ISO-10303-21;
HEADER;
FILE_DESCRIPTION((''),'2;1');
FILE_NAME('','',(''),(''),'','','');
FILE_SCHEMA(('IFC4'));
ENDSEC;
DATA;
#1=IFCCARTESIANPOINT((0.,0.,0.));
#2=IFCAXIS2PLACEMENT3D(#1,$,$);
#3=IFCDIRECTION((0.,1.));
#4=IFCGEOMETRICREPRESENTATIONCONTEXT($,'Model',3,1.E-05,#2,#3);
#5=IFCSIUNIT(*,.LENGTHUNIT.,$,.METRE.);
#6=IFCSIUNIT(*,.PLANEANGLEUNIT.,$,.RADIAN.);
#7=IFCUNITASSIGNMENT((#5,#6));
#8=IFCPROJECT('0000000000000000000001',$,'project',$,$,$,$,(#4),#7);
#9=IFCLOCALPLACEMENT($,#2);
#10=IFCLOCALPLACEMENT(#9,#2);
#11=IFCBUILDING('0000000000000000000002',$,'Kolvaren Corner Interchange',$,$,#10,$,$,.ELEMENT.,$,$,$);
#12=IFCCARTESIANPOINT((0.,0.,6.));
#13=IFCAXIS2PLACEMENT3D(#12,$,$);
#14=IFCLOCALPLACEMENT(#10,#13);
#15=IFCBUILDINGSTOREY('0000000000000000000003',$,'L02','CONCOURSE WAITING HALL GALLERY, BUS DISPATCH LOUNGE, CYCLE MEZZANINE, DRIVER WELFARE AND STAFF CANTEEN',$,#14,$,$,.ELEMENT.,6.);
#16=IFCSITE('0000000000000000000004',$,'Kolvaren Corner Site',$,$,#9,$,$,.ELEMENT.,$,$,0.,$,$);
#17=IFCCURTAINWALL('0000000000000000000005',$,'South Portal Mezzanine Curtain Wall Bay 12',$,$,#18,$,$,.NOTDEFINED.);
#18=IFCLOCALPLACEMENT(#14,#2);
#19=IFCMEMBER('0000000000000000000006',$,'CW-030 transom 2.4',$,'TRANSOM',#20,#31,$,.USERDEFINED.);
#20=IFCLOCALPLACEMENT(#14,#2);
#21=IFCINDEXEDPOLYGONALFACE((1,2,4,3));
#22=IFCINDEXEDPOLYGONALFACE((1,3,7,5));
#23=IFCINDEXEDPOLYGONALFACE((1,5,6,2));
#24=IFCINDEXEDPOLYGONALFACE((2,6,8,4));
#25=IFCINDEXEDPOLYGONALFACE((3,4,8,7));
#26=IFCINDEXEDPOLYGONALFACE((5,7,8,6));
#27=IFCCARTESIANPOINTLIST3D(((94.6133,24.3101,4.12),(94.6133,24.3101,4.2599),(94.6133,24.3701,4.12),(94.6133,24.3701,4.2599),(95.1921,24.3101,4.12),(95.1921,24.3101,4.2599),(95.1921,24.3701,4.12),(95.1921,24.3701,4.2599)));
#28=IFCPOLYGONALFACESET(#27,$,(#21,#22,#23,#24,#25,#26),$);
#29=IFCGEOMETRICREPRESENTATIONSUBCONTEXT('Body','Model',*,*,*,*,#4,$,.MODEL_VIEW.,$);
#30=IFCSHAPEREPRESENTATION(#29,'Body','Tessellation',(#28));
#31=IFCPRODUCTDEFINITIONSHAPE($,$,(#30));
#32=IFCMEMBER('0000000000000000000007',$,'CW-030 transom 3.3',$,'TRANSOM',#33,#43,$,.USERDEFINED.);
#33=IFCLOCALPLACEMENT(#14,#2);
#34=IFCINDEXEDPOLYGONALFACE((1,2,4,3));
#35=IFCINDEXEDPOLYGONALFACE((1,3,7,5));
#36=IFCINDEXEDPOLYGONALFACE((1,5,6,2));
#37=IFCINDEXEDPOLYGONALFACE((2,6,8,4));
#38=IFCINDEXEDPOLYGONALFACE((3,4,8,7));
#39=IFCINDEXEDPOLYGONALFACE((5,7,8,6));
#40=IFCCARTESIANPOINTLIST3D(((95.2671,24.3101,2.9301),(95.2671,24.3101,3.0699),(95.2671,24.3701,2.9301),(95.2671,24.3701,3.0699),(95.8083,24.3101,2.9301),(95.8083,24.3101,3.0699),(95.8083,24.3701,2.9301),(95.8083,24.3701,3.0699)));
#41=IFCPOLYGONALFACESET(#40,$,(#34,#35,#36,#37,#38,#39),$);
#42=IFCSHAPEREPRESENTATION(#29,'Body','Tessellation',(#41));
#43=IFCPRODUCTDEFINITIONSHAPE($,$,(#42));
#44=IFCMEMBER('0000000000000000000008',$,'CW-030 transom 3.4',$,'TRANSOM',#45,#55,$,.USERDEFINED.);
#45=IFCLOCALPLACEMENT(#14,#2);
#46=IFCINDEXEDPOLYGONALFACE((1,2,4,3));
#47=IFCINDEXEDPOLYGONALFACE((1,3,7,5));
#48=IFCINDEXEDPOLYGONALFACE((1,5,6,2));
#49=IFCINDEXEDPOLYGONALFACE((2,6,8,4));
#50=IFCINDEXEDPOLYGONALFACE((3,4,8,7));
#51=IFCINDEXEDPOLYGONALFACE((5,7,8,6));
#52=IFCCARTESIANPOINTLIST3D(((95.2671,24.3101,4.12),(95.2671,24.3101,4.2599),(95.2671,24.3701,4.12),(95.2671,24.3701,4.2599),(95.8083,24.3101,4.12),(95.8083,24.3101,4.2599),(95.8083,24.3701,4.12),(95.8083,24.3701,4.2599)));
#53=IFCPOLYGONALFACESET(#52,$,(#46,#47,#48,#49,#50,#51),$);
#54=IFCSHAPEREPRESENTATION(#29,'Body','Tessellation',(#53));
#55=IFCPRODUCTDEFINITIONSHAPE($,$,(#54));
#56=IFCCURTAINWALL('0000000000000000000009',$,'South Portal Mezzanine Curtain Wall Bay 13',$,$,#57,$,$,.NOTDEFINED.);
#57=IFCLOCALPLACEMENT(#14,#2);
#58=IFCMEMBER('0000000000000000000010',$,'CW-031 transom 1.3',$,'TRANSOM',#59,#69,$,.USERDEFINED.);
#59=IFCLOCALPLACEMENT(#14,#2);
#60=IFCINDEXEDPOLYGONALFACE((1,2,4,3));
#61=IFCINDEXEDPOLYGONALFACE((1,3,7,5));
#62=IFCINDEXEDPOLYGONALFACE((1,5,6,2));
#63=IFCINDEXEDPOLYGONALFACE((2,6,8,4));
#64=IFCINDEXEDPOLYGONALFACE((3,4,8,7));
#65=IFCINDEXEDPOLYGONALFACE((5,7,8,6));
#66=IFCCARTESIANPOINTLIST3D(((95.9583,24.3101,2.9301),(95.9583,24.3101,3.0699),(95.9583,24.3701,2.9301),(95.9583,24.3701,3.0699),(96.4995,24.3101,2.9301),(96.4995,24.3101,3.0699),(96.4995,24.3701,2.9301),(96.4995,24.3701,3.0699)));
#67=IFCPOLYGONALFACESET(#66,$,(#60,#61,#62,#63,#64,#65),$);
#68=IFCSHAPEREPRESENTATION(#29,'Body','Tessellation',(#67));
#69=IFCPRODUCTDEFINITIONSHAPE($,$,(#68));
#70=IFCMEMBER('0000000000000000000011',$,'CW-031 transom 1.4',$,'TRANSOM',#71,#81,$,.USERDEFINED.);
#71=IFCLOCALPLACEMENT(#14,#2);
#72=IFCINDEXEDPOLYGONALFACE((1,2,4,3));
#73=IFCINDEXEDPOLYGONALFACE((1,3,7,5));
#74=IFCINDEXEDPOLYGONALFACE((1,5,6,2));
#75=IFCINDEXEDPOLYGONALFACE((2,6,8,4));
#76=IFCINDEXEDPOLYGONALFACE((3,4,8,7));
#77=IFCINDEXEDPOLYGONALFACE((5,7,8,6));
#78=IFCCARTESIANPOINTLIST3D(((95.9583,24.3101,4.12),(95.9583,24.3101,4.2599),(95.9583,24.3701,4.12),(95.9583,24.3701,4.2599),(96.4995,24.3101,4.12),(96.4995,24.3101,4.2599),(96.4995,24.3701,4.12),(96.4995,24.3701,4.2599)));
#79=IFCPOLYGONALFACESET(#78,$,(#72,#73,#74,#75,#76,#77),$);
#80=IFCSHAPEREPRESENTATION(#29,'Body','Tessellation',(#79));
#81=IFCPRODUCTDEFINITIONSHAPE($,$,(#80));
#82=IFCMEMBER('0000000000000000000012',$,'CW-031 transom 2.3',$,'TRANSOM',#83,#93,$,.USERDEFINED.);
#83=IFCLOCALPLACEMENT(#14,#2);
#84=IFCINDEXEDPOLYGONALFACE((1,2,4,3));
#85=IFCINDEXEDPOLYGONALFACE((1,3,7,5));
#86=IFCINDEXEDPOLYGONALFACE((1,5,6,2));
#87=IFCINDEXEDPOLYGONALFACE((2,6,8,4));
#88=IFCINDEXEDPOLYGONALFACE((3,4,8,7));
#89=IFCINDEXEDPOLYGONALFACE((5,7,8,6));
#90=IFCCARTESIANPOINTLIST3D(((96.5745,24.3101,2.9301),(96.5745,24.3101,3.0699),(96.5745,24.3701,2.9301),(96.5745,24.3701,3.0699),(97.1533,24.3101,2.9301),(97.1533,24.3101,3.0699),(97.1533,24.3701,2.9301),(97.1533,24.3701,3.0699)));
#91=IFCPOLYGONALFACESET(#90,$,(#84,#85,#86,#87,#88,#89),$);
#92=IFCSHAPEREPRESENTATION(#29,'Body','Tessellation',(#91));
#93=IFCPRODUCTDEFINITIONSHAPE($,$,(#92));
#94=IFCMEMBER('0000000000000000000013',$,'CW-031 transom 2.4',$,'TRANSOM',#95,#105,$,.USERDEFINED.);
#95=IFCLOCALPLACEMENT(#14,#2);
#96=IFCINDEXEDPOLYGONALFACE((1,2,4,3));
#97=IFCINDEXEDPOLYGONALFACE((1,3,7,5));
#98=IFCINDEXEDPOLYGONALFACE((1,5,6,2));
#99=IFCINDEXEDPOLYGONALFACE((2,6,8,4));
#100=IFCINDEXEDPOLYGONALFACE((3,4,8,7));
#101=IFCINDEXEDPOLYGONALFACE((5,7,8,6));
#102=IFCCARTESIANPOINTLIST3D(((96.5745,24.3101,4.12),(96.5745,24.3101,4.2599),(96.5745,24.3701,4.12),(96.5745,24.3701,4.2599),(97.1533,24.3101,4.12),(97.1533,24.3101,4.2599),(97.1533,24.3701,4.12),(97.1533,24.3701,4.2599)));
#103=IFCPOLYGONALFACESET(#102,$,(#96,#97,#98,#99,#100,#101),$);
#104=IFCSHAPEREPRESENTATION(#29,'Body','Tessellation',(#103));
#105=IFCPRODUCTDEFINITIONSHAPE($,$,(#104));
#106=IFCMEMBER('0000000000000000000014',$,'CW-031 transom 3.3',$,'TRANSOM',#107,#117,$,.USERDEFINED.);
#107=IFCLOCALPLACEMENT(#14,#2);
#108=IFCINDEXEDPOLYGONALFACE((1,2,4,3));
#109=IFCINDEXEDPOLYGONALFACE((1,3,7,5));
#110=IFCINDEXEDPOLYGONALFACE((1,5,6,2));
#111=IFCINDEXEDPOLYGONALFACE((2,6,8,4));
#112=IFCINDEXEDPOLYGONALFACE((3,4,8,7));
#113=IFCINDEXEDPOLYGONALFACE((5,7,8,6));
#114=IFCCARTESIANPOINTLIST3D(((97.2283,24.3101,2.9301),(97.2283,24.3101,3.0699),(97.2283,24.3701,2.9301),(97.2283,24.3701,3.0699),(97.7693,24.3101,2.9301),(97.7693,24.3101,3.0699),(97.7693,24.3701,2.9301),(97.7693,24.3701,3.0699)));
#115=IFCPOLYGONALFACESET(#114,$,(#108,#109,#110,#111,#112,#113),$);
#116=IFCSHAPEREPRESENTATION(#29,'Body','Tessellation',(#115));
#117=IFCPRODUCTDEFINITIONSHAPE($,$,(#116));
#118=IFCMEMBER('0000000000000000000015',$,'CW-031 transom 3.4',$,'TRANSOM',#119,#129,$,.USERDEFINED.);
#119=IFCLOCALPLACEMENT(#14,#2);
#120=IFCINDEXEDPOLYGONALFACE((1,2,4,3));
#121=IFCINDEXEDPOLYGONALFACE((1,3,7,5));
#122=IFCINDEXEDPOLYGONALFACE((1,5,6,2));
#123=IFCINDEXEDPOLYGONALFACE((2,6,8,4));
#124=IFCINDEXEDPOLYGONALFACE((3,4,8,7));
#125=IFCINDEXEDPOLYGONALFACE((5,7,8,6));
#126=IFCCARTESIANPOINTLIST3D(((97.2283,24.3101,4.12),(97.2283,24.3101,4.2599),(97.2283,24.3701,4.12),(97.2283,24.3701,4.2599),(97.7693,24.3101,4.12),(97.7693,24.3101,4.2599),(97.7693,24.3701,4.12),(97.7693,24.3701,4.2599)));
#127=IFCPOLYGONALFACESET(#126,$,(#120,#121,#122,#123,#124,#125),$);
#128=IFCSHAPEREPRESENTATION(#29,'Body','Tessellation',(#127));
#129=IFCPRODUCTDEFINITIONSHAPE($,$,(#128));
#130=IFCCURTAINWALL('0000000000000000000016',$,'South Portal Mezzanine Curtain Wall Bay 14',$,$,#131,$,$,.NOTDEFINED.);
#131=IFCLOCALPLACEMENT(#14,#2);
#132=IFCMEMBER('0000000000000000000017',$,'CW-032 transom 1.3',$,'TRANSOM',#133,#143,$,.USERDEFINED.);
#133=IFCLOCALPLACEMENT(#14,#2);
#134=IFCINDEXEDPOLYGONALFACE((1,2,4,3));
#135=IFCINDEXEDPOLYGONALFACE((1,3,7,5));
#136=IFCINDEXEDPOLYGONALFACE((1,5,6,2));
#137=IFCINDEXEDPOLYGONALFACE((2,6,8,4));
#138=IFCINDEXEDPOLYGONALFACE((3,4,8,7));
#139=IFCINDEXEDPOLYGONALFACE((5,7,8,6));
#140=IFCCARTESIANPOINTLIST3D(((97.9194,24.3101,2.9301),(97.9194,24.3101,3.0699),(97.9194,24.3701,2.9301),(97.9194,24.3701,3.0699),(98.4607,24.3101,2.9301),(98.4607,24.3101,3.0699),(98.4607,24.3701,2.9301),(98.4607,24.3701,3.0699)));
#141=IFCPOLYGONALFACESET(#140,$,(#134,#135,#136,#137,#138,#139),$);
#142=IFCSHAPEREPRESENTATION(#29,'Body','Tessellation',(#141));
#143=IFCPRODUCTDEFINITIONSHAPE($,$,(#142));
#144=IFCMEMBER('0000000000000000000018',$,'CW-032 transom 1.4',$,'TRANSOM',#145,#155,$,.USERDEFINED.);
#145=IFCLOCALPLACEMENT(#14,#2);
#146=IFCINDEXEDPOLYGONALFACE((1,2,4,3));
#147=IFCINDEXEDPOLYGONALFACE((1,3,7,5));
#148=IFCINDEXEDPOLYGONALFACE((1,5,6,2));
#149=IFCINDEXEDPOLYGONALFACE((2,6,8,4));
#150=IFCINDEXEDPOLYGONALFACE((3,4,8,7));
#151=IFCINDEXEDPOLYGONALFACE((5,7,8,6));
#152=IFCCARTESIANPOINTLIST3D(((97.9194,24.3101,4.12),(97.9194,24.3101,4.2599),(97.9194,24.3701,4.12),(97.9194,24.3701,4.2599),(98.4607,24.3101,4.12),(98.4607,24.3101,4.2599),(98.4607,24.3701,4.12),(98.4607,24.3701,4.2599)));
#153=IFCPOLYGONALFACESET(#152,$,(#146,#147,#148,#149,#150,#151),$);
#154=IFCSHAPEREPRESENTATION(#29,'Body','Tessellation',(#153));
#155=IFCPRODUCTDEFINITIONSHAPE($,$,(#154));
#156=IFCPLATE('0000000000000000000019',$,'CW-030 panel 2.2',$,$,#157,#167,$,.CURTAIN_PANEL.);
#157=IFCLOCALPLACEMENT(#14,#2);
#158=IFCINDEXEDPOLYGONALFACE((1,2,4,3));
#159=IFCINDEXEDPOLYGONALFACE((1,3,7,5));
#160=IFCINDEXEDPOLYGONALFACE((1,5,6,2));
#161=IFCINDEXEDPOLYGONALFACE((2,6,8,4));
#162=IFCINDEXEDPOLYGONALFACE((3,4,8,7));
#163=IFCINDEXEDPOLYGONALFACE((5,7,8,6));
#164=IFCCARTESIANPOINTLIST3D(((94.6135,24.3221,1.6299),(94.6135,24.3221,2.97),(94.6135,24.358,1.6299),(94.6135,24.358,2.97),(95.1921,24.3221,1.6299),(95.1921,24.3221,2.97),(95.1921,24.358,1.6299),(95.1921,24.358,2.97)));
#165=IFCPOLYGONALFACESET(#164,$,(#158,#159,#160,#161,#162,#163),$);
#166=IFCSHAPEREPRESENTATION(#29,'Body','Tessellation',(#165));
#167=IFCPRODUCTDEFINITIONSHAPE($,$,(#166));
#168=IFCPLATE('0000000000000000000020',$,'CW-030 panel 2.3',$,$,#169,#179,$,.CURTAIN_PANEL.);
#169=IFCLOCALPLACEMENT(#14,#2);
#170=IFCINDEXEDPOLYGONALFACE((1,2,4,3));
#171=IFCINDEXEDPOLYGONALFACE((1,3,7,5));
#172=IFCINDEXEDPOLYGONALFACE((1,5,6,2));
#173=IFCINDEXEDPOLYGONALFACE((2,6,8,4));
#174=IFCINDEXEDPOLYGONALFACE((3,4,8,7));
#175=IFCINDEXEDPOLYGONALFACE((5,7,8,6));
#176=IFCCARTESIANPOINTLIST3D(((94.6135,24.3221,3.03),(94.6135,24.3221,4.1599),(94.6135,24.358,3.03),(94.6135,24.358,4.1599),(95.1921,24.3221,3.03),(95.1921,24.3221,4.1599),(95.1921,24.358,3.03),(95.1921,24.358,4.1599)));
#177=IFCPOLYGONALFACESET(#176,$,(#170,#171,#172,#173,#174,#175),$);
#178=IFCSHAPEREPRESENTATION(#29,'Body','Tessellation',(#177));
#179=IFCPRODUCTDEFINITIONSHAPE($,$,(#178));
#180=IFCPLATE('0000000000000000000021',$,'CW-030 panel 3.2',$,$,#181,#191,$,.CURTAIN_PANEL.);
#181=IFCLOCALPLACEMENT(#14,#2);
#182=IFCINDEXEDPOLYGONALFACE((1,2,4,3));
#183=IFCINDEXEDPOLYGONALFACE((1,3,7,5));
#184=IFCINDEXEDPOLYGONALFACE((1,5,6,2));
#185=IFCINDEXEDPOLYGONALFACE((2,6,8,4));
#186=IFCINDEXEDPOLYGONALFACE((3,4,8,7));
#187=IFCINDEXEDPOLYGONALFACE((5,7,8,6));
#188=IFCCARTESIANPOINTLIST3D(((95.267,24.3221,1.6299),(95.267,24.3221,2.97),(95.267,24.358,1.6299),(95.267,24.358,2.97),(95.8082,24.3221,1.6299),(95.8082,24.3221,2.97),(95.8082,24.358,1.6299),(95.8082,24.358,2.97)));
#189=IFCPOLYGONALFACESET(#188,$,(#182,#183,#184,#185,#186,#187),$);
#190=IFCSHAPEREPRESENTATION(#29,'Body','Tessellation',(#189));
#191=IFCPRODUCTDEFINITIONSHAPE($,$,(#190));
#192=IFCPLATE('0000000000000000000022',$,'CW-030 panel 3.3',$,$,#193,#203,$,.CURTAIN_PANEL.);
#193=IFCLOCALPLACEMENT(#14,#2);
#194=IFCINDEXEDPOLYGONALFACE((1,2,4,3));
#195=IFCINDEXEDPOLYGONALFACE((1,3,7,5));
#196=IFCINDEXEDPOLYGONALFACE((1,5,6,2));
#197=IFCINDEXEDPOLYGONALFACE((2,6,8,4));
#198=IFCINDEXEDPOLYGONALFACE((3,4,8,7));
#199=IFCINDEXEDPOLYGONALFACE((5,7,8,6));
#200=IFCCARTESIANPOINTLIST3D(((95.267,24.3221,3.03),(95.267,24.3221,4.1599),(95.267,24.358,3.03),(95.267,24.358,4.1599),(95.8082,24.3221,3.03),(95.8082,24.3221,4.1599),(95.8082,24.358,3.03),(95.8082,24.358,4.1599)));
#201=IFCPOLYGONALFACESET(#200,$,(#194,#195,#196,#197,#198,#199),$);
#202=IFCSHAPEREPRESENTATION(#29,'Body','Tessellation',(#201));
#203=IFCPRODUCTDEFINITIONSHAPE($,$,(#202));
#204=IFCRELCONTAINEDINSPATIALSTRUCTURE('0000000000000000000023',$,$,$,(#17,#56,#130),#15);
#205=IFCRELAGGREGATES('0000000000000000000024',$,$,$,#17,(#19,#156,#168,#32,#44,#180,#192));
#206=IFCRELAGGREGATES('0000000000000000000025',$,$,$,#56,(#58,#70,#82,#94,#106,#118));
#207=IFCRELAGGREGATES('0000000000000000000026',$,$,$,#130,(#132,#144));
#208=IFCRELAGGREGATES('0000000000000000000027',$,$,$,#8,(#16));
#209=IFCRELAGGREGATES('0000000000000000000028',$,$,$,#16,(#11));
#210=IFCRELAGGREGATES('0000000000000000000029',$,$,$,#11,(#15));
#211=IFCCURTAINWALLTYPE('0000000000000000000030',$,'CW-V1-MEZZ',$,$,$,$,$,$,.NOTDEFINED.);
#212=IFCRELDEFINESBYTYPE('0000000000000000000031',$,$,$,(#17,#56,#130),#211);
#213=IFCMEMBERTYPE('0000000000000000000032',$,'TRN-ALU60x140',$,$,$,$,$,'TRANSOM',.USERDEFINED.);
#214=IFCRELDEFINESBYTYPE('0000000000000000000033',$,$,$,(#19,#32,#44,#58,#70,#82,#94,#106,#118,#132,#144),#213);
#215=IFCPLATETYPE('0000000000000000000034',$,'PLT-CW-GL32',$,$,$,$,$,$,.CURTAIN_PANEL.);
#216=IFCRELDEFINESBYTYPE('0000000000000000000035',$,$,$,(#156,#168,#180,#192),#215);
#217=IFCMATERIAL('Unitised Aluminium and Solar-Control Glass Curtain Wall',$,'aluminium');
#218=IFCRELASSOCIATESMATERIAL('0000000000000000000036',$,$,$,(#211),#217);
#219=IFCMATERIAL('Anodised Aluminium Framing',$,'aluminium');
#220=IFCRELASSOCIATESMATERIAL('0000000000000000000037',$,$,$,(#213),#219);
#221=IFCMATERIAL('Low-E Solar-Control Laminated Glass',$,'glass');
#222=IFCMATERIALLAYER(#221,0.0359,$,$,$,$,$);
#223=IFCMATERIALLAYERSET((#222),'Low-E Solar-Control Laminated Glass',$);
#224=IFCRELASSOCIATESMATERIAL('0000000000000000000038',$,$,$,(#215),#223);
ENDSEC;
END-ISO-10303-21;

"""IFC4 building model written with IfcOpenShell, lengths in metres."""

from ifc_helpers import new_model, si_unit, direction, frame, origin, origin_2d, place, context, subcontext, project, spatial, rectangle, extrude, material, layer, layer_set, material_profile, profile_set, type_object, element, aggregate, save


model = new_model("IFC4")

# Units and contexts
model_context = context("Model", 3, precision=1e-05, world=origin(), true_north=direction((0.0, 1.0)))
body_context = subcontext(model_context, "Body", "Model", "MODEL_VIEW")
ifc_project = project(units=[si_unit("LENGTHUNIT", "METRE"), si_unit("PLANEANGLEUNIT", "RADIAN")], contexts=[model_context])

# Site, building, storey
site_placement = place(None, origin())
site = spatial("IfcSite", under=ifc_project, at=site_placement, Name="Kolvaren Corner Site", CompositionType="ELEMENT", RefElevation=0.0)
building_placement = place(site_placement, origin())
building = spatial("IfcBuilding", under=site, at=building_placement, Name="Kolvaren Corner Interchange", CompositionType="ELEMENT")
storey_placement = place(building_placement, frame((0.0, 0.0, 6.0)))
storey = spatial("IfcBuildingStorey", under=building, at=storey_placement, Name="L02", Description="CONCOURSE WAITING HALL GALLERY, BUS DISPATCH LOUNGE, CYCLE MEZZANINE, DRIVER WELFARE AND STAFF CANTEEN", CompositionType="ELEMENT", Elevation=6.0)

# Curtain walls, members
ifc_material_1 = material(Name="Unitised Aluminium and Solar-Control Glass Curtain Wall", Category="aluminium")
curtain_wall_type = type_object("IfcCurtainWallType", Name="CW-V1-MEZZ", PredefinedType="NOTDEFINED", material=ifc_material_1)
curtain_wall_1_placement = place(storey_placement, origin())
curtain_wall_1 = element("IfcCurtainWall", 1, at=curtain_wall_1_placement, inside=storey, type_object=curtain_wall_type, Name="South Portal Mezzanine Curtain Wall Bay 12", PredefinedType="NOTDEFINED")
ifc_material_2 = material(Name="Anodised Aluminium Framing", Category="aluminium")
ifc_material_profile = material_profile(ifc_material_2, rectangle(XDim=0.0601, YDim=0.1399, at=origin_2d()), Name="ALU 60x140")
ifc_profile_set = profile_set([ifc_material_profile], Name="Anodised Aluminium Framing")
member_type = type_object("IfcMemberType", Name="TRN-ALU60x140", ElementType="TRANSOM", PredefinedType="USERDEFINED", material=ifc_profile_set)
member_1_placement = place(storey_placement, frame((94.6133, 24.3401, 4.1899), z_axis=(1.0, 0.0, 0.0), x_axis=(0.0, 1.0, 0.0)))
member_1 = element("IfcMember", 2, at=member_1_placement, type_object=member_type, Name="CW-030 transom 2.4", ObjectType="TRANSOM", PredefinedType="USERDEFINED", context=body_context, shape_type="SweptSolid", body=[
    extrude(rectangle(XDim=0.0601, YDim=0.1399, at=origin_2d()), origin(), (0.0, 0.0, 1.0), 0.5789),
])
member_2_placement = place(storey_placement, frame((95.2671, 24.3401, 3.0), z_axis=(1.0, 0.0, 0.0), x_axis=(0.0, 1.0, 0.0)))
member_2 = element("IfcMember", 3, at=member_2_placement, type_object=member_type, Name="CW-030 transom 3.3", ObjectType="TRANSOM", PredefinedType="USERDEFINED", context=body_context, shape_type="SweptSolid", body=[
    extrude(rectangle(XDim=0.0601, YDim=0.1399, at=origin_2d()), origin(), (0.0, 0.0, 1.0), 0.5413),
])
member_3_placement = place(storey_placement, frame((95.2671, 24.3401, 4.1899), z_axis=(1.0, 0.0, 0.0), x_axis=(0.0, 1.0, 0.0)))
member_3 = element("IfcMember", 4, at=member_3_placement, type_object=member_type, Name="CW-030 transom 3.4", ObjectType="TRANSOM", PredefinedType="USERDEFINED", context=body_context, shape_type="SweptSolid", body=[
    extrude(rectangle(XDim=0.0601, YDim=0.1399, at=origin_2d()), origin(), (0.0, 0.0, 1.0), 0.5413),
])
curtain_wall_2_placement = place(storey_placement, origin())
curtain_wall_2 = element("IfcCurtainWall", 5, at=curtain_wall_2_placement, inside=storey, type_object=curtain_wall_type, Name="South Portal Mezzanine Curtain Wall Bay 13", PredefinedType="NOTDEFINED")
member_4_placement = place(storey_placement, frame((95.9583, 24.3401, 3.0), z_axis=(1.0, 0.0, 0.0), x_axis=(0.0, 1.0, 0.0)))
member_4 = element("IfcMember", 6, at=member_4_placement, type_object=member_type, Name="CW-031 transom 1.3", ObjectType="TRANSOM", PredefinedType="USERDEFINED", context=body_context, shape_type="SweptSolid", body=[
    extrude(rectangle(XDim=0.0601, YDim=0.1399, at=origin_2d()), origin(), (0.0, 0.0, 1.0), 0.5413),
])
member_5_placement = place(storey_placement, frame((95.9583, 24.3401, 4.1899), z_axis=(1.0, 0.0, 0.0), x_axis=(0.0, 1.0, 0.0)))
member_5 = element("IfcMember", 7, at=member_5_placement, type_object=member_type, Name="CW-031 transom 1.4", ObjectType="TRANSOM", PredefinedType="USERDEFINED", context=body_context, shape_type="SweptSolid", body=[
    extrude(rectangle(XDim=0.0601, YDim=0.1399, at=origin_2d()), origin(), (0.0, 0.0, 1.0), 0.5413),
])
member_6_placement = place(storey_placement, frame((96.5745, 24.3401, 3.0), z_axis=(1.0, 0.0, 0.0), x_axis=(0.0, 1.0, 0.0)))
member_6 = element("IfcMember", 8, at=member_6_placement, type_object=member_type, Name="CW-031 transom 2.3", ObjectType="TRANSOM", PredefinedType="USERDEFINED", context=body_context, shape_type="SweptSolid", body=[
    extrude(rectangle(XDim=0.0601, YDim=0.1399, at=origin_2d()), origin(), (0.0, 0.0, 1.0), 0.5789),
])
member_7_placement = place(storey_placement, frame((96.5745, 24.3401, 4.1899), z_axis=(1.0, 0.0, 0.0), x_axis=(0.0, 1.0, 0.0)))
member_7 = element("IfcMember", 9, at=member_7_placement, type_object=member_type, Name="CW-031 transom 2.4", ObjectType="TRANSOM", PredefinedType="USERDEFINED", context=body_context, shape_type="SweptSolid", body=[
    extrude(rectangle(XDim=0.0601, YDim=0.1399, at=origin_2d()), origin(), (0.0, 0.0, 1.0), 0.5789),
])
member_8_placement = place(storey_placement, frame((97.2283, 24.3401, 3.0), z_axis=(1.0, 0.0, 0.0), x_axis=(0.0, 1.0, 0.0)))
member_8 = element("IfcMember", 10, at=member_8_placement, type_object=member_type, Name="CW-031 transom 3.3", ObjectType="TRANSOM", PredefinedType="USERDEFINED", context=body_context, shape_type="SweptSolid", body=[
    extrude(rectangle(XDim=0.0601, YDim=0.1399, at=origin_2d()), origin(), (0.0, 0.0, 1.0), 0.541),
])
member_9_placement = place(storey_placement, frame((97.2283, 24.3401, 4.1899), z_axis=(1.0, 0.0, 0.0), x_axis=(0.0, 1.0, 0.0)))
member_9 = element("IfcMember", 11, at=member_9_placement, type_object=member_type, Name="CW-031 transom 3.4", ObjectType="TRANSOM", PredefinedType="USERDEFINED", context=body_context, shape_type="SweptSolid", body=[
    extrude(rectangle(XDim=0.0601, YDim=0.1399, at=origin_2d()), origin(), (0.0, 0.0, 1.0), 0.541),
])
curtain_wall_3_placement = place(storey_placement, origin())
curtain_wall_3 = element("IfcCurtainWall", 12, at=curtain_wall_3_placement, inside=storey, type_object=curtain_wall_type, Name="South Portal Mezzanine Curtain Wall Bay 14", PredefinedType="NOTDEFINED")
member_10_placement = place(storey_placement, frame((97.9194, 24.3401, 3.0), z_axis=(1.0, 0.0, 0.0), x_axis=(0.0, 1.0, 0.0)))
member_10 = element("IfcMember", 13, at=member_10_placement, type_object=member_type, Name="CW-032 transom 1.3", ObjectType="TRANSOM", PredefinedType="USERDEFINED", context=body_context, shape_type="SweptSolid", body=[
    extrude(rectangle(XDim=0.0601, YDim=0.1399, at=origin_2d()), origin(), (0.0, 0.0, 1.0), 0.5413),
])
member_11_placement = place(storey_placement, frame((97.9194, 24.3401, 4.1899), z_axis=(1.0, 0.0, 0.0), x_axis=(0.0, 1.0, 0.0)))
member_11 = element("IfcMember", 14, at=member_11_placement, type_object=member_type, Name="CW-032 transom 1.4", ObjectType="TRANSOM", PredefinedType="USERDEFINED", context=body_context, shape_type="SweptSolid", body=[
    extrude(rectangle(XDim=0.0601, YDim=0.1399, at=origin_2d()), origin(), (0.0, 0.0, 1.0), 0.5413),
])

# Plates
ifc_material_3 = material(Name="Low-E Solar-Control Laminated Glass", Category="glass")
ifc_layer = layer(ifc_material_3, 0.0359)
ifc_layer_set = layer_set([ifc_layer], Name="Low-E Solar-Control Laminated Glass")
plate_type = type_object("IfcPlateType", Name="PLT-CW-GL32", PredefinedType="CURTAIN_PANEL", material=ifc_layer_set)
plate_1_placement = place(storey_placement, frame((94.9028, 24.3401, 1.6299), z_axis=(0.0, 0.0, 1.0), x_axis=(1.0, 0.0, 0.0)))
plate_1 = element("IfcPlate", 15, at=plate_1_placement, type_object=plate_type, Name="CW-030 panel 2.2", PredefinedType="CURTAIN_PANEL", context=body_context, shape_type="SweptSolid", body=[
    extrude(rectangle(XDim=0.5786, YDim=0.0359, at=origin_2d()), origin(), (0.0, 0.0, 1.0), 1.3401),
])
plate_2_placement = place(storey_placement, frame((94.9028, 24.3401, 3.03), z_axis=(0.0, 0.0, 1.0), x_axis=(1.0, 0.0, 0.0)))
plate_2 = element("IfcPlate", 16, at=plate_2_placement, type_object=plate_type, Name="CW-030 panel 2.3", PredefinedType="CURTAIN_PANEL", context=body_context, shape_type="SweptSolid", body=[
    extrude(rectangle(XDim=0.5786, YDim=0.0359, at=origin_2d()), origin(), (0.0, 0.0, 1.0), 1.1299),
])
plate_3_placement = place(storey_placement, frame((95.5376, 24.3401, 1.6299), z_axis=(0.0, 0.0, 1.0), x_axis=(1.0, 0.0, 0.0)))
plate_3 = element("IfcPlate", 17, at=plate_3_placement, type_object=plate_type, Name="CW-030 panel 3.2", PredefinedType="CURTAIN_PANEL", context=body_context, shape_type="SweptSolid", body=[
    extrude(rectangle(XDim=0.5413, YDim=0.0359, at=origin_2d()), origin(), (0.0, 0.0, 1.0), 1.3401),
])
plate_4_placement = place(storey_placement, frame((95.5376, 24.3401, 3.03), z_axis=(0.0, 0.0, 1.0), x_axis=(1.0, 0.0, 0.0)))
plate_4 = element("IfcPlate", 18, at=plate_4_placement, type_object=plate_type, Name="CW-030 panel 3.3", PredefinedType="CURTAIN_PANEL", context=body_context, shape_type="SweptSolid", body=[
    extrude(rectangle(XDim=0.5413, YDim=0.0359, at=origin_2d()), origin(), (0.0, 0.0, 1.0), 1.1299),
])
aggregate(curtain_wall_1, [member_1, plate_1, plate_2, member_2, member_3, plate_3, plate_4])
aggregate(curtain_wall_2, [member_4, member_5, member_6, member_7, member_8, member_9])
aggregate(curtain_wall_3, [member_10, member_11])

save(model, "model.ifc")
